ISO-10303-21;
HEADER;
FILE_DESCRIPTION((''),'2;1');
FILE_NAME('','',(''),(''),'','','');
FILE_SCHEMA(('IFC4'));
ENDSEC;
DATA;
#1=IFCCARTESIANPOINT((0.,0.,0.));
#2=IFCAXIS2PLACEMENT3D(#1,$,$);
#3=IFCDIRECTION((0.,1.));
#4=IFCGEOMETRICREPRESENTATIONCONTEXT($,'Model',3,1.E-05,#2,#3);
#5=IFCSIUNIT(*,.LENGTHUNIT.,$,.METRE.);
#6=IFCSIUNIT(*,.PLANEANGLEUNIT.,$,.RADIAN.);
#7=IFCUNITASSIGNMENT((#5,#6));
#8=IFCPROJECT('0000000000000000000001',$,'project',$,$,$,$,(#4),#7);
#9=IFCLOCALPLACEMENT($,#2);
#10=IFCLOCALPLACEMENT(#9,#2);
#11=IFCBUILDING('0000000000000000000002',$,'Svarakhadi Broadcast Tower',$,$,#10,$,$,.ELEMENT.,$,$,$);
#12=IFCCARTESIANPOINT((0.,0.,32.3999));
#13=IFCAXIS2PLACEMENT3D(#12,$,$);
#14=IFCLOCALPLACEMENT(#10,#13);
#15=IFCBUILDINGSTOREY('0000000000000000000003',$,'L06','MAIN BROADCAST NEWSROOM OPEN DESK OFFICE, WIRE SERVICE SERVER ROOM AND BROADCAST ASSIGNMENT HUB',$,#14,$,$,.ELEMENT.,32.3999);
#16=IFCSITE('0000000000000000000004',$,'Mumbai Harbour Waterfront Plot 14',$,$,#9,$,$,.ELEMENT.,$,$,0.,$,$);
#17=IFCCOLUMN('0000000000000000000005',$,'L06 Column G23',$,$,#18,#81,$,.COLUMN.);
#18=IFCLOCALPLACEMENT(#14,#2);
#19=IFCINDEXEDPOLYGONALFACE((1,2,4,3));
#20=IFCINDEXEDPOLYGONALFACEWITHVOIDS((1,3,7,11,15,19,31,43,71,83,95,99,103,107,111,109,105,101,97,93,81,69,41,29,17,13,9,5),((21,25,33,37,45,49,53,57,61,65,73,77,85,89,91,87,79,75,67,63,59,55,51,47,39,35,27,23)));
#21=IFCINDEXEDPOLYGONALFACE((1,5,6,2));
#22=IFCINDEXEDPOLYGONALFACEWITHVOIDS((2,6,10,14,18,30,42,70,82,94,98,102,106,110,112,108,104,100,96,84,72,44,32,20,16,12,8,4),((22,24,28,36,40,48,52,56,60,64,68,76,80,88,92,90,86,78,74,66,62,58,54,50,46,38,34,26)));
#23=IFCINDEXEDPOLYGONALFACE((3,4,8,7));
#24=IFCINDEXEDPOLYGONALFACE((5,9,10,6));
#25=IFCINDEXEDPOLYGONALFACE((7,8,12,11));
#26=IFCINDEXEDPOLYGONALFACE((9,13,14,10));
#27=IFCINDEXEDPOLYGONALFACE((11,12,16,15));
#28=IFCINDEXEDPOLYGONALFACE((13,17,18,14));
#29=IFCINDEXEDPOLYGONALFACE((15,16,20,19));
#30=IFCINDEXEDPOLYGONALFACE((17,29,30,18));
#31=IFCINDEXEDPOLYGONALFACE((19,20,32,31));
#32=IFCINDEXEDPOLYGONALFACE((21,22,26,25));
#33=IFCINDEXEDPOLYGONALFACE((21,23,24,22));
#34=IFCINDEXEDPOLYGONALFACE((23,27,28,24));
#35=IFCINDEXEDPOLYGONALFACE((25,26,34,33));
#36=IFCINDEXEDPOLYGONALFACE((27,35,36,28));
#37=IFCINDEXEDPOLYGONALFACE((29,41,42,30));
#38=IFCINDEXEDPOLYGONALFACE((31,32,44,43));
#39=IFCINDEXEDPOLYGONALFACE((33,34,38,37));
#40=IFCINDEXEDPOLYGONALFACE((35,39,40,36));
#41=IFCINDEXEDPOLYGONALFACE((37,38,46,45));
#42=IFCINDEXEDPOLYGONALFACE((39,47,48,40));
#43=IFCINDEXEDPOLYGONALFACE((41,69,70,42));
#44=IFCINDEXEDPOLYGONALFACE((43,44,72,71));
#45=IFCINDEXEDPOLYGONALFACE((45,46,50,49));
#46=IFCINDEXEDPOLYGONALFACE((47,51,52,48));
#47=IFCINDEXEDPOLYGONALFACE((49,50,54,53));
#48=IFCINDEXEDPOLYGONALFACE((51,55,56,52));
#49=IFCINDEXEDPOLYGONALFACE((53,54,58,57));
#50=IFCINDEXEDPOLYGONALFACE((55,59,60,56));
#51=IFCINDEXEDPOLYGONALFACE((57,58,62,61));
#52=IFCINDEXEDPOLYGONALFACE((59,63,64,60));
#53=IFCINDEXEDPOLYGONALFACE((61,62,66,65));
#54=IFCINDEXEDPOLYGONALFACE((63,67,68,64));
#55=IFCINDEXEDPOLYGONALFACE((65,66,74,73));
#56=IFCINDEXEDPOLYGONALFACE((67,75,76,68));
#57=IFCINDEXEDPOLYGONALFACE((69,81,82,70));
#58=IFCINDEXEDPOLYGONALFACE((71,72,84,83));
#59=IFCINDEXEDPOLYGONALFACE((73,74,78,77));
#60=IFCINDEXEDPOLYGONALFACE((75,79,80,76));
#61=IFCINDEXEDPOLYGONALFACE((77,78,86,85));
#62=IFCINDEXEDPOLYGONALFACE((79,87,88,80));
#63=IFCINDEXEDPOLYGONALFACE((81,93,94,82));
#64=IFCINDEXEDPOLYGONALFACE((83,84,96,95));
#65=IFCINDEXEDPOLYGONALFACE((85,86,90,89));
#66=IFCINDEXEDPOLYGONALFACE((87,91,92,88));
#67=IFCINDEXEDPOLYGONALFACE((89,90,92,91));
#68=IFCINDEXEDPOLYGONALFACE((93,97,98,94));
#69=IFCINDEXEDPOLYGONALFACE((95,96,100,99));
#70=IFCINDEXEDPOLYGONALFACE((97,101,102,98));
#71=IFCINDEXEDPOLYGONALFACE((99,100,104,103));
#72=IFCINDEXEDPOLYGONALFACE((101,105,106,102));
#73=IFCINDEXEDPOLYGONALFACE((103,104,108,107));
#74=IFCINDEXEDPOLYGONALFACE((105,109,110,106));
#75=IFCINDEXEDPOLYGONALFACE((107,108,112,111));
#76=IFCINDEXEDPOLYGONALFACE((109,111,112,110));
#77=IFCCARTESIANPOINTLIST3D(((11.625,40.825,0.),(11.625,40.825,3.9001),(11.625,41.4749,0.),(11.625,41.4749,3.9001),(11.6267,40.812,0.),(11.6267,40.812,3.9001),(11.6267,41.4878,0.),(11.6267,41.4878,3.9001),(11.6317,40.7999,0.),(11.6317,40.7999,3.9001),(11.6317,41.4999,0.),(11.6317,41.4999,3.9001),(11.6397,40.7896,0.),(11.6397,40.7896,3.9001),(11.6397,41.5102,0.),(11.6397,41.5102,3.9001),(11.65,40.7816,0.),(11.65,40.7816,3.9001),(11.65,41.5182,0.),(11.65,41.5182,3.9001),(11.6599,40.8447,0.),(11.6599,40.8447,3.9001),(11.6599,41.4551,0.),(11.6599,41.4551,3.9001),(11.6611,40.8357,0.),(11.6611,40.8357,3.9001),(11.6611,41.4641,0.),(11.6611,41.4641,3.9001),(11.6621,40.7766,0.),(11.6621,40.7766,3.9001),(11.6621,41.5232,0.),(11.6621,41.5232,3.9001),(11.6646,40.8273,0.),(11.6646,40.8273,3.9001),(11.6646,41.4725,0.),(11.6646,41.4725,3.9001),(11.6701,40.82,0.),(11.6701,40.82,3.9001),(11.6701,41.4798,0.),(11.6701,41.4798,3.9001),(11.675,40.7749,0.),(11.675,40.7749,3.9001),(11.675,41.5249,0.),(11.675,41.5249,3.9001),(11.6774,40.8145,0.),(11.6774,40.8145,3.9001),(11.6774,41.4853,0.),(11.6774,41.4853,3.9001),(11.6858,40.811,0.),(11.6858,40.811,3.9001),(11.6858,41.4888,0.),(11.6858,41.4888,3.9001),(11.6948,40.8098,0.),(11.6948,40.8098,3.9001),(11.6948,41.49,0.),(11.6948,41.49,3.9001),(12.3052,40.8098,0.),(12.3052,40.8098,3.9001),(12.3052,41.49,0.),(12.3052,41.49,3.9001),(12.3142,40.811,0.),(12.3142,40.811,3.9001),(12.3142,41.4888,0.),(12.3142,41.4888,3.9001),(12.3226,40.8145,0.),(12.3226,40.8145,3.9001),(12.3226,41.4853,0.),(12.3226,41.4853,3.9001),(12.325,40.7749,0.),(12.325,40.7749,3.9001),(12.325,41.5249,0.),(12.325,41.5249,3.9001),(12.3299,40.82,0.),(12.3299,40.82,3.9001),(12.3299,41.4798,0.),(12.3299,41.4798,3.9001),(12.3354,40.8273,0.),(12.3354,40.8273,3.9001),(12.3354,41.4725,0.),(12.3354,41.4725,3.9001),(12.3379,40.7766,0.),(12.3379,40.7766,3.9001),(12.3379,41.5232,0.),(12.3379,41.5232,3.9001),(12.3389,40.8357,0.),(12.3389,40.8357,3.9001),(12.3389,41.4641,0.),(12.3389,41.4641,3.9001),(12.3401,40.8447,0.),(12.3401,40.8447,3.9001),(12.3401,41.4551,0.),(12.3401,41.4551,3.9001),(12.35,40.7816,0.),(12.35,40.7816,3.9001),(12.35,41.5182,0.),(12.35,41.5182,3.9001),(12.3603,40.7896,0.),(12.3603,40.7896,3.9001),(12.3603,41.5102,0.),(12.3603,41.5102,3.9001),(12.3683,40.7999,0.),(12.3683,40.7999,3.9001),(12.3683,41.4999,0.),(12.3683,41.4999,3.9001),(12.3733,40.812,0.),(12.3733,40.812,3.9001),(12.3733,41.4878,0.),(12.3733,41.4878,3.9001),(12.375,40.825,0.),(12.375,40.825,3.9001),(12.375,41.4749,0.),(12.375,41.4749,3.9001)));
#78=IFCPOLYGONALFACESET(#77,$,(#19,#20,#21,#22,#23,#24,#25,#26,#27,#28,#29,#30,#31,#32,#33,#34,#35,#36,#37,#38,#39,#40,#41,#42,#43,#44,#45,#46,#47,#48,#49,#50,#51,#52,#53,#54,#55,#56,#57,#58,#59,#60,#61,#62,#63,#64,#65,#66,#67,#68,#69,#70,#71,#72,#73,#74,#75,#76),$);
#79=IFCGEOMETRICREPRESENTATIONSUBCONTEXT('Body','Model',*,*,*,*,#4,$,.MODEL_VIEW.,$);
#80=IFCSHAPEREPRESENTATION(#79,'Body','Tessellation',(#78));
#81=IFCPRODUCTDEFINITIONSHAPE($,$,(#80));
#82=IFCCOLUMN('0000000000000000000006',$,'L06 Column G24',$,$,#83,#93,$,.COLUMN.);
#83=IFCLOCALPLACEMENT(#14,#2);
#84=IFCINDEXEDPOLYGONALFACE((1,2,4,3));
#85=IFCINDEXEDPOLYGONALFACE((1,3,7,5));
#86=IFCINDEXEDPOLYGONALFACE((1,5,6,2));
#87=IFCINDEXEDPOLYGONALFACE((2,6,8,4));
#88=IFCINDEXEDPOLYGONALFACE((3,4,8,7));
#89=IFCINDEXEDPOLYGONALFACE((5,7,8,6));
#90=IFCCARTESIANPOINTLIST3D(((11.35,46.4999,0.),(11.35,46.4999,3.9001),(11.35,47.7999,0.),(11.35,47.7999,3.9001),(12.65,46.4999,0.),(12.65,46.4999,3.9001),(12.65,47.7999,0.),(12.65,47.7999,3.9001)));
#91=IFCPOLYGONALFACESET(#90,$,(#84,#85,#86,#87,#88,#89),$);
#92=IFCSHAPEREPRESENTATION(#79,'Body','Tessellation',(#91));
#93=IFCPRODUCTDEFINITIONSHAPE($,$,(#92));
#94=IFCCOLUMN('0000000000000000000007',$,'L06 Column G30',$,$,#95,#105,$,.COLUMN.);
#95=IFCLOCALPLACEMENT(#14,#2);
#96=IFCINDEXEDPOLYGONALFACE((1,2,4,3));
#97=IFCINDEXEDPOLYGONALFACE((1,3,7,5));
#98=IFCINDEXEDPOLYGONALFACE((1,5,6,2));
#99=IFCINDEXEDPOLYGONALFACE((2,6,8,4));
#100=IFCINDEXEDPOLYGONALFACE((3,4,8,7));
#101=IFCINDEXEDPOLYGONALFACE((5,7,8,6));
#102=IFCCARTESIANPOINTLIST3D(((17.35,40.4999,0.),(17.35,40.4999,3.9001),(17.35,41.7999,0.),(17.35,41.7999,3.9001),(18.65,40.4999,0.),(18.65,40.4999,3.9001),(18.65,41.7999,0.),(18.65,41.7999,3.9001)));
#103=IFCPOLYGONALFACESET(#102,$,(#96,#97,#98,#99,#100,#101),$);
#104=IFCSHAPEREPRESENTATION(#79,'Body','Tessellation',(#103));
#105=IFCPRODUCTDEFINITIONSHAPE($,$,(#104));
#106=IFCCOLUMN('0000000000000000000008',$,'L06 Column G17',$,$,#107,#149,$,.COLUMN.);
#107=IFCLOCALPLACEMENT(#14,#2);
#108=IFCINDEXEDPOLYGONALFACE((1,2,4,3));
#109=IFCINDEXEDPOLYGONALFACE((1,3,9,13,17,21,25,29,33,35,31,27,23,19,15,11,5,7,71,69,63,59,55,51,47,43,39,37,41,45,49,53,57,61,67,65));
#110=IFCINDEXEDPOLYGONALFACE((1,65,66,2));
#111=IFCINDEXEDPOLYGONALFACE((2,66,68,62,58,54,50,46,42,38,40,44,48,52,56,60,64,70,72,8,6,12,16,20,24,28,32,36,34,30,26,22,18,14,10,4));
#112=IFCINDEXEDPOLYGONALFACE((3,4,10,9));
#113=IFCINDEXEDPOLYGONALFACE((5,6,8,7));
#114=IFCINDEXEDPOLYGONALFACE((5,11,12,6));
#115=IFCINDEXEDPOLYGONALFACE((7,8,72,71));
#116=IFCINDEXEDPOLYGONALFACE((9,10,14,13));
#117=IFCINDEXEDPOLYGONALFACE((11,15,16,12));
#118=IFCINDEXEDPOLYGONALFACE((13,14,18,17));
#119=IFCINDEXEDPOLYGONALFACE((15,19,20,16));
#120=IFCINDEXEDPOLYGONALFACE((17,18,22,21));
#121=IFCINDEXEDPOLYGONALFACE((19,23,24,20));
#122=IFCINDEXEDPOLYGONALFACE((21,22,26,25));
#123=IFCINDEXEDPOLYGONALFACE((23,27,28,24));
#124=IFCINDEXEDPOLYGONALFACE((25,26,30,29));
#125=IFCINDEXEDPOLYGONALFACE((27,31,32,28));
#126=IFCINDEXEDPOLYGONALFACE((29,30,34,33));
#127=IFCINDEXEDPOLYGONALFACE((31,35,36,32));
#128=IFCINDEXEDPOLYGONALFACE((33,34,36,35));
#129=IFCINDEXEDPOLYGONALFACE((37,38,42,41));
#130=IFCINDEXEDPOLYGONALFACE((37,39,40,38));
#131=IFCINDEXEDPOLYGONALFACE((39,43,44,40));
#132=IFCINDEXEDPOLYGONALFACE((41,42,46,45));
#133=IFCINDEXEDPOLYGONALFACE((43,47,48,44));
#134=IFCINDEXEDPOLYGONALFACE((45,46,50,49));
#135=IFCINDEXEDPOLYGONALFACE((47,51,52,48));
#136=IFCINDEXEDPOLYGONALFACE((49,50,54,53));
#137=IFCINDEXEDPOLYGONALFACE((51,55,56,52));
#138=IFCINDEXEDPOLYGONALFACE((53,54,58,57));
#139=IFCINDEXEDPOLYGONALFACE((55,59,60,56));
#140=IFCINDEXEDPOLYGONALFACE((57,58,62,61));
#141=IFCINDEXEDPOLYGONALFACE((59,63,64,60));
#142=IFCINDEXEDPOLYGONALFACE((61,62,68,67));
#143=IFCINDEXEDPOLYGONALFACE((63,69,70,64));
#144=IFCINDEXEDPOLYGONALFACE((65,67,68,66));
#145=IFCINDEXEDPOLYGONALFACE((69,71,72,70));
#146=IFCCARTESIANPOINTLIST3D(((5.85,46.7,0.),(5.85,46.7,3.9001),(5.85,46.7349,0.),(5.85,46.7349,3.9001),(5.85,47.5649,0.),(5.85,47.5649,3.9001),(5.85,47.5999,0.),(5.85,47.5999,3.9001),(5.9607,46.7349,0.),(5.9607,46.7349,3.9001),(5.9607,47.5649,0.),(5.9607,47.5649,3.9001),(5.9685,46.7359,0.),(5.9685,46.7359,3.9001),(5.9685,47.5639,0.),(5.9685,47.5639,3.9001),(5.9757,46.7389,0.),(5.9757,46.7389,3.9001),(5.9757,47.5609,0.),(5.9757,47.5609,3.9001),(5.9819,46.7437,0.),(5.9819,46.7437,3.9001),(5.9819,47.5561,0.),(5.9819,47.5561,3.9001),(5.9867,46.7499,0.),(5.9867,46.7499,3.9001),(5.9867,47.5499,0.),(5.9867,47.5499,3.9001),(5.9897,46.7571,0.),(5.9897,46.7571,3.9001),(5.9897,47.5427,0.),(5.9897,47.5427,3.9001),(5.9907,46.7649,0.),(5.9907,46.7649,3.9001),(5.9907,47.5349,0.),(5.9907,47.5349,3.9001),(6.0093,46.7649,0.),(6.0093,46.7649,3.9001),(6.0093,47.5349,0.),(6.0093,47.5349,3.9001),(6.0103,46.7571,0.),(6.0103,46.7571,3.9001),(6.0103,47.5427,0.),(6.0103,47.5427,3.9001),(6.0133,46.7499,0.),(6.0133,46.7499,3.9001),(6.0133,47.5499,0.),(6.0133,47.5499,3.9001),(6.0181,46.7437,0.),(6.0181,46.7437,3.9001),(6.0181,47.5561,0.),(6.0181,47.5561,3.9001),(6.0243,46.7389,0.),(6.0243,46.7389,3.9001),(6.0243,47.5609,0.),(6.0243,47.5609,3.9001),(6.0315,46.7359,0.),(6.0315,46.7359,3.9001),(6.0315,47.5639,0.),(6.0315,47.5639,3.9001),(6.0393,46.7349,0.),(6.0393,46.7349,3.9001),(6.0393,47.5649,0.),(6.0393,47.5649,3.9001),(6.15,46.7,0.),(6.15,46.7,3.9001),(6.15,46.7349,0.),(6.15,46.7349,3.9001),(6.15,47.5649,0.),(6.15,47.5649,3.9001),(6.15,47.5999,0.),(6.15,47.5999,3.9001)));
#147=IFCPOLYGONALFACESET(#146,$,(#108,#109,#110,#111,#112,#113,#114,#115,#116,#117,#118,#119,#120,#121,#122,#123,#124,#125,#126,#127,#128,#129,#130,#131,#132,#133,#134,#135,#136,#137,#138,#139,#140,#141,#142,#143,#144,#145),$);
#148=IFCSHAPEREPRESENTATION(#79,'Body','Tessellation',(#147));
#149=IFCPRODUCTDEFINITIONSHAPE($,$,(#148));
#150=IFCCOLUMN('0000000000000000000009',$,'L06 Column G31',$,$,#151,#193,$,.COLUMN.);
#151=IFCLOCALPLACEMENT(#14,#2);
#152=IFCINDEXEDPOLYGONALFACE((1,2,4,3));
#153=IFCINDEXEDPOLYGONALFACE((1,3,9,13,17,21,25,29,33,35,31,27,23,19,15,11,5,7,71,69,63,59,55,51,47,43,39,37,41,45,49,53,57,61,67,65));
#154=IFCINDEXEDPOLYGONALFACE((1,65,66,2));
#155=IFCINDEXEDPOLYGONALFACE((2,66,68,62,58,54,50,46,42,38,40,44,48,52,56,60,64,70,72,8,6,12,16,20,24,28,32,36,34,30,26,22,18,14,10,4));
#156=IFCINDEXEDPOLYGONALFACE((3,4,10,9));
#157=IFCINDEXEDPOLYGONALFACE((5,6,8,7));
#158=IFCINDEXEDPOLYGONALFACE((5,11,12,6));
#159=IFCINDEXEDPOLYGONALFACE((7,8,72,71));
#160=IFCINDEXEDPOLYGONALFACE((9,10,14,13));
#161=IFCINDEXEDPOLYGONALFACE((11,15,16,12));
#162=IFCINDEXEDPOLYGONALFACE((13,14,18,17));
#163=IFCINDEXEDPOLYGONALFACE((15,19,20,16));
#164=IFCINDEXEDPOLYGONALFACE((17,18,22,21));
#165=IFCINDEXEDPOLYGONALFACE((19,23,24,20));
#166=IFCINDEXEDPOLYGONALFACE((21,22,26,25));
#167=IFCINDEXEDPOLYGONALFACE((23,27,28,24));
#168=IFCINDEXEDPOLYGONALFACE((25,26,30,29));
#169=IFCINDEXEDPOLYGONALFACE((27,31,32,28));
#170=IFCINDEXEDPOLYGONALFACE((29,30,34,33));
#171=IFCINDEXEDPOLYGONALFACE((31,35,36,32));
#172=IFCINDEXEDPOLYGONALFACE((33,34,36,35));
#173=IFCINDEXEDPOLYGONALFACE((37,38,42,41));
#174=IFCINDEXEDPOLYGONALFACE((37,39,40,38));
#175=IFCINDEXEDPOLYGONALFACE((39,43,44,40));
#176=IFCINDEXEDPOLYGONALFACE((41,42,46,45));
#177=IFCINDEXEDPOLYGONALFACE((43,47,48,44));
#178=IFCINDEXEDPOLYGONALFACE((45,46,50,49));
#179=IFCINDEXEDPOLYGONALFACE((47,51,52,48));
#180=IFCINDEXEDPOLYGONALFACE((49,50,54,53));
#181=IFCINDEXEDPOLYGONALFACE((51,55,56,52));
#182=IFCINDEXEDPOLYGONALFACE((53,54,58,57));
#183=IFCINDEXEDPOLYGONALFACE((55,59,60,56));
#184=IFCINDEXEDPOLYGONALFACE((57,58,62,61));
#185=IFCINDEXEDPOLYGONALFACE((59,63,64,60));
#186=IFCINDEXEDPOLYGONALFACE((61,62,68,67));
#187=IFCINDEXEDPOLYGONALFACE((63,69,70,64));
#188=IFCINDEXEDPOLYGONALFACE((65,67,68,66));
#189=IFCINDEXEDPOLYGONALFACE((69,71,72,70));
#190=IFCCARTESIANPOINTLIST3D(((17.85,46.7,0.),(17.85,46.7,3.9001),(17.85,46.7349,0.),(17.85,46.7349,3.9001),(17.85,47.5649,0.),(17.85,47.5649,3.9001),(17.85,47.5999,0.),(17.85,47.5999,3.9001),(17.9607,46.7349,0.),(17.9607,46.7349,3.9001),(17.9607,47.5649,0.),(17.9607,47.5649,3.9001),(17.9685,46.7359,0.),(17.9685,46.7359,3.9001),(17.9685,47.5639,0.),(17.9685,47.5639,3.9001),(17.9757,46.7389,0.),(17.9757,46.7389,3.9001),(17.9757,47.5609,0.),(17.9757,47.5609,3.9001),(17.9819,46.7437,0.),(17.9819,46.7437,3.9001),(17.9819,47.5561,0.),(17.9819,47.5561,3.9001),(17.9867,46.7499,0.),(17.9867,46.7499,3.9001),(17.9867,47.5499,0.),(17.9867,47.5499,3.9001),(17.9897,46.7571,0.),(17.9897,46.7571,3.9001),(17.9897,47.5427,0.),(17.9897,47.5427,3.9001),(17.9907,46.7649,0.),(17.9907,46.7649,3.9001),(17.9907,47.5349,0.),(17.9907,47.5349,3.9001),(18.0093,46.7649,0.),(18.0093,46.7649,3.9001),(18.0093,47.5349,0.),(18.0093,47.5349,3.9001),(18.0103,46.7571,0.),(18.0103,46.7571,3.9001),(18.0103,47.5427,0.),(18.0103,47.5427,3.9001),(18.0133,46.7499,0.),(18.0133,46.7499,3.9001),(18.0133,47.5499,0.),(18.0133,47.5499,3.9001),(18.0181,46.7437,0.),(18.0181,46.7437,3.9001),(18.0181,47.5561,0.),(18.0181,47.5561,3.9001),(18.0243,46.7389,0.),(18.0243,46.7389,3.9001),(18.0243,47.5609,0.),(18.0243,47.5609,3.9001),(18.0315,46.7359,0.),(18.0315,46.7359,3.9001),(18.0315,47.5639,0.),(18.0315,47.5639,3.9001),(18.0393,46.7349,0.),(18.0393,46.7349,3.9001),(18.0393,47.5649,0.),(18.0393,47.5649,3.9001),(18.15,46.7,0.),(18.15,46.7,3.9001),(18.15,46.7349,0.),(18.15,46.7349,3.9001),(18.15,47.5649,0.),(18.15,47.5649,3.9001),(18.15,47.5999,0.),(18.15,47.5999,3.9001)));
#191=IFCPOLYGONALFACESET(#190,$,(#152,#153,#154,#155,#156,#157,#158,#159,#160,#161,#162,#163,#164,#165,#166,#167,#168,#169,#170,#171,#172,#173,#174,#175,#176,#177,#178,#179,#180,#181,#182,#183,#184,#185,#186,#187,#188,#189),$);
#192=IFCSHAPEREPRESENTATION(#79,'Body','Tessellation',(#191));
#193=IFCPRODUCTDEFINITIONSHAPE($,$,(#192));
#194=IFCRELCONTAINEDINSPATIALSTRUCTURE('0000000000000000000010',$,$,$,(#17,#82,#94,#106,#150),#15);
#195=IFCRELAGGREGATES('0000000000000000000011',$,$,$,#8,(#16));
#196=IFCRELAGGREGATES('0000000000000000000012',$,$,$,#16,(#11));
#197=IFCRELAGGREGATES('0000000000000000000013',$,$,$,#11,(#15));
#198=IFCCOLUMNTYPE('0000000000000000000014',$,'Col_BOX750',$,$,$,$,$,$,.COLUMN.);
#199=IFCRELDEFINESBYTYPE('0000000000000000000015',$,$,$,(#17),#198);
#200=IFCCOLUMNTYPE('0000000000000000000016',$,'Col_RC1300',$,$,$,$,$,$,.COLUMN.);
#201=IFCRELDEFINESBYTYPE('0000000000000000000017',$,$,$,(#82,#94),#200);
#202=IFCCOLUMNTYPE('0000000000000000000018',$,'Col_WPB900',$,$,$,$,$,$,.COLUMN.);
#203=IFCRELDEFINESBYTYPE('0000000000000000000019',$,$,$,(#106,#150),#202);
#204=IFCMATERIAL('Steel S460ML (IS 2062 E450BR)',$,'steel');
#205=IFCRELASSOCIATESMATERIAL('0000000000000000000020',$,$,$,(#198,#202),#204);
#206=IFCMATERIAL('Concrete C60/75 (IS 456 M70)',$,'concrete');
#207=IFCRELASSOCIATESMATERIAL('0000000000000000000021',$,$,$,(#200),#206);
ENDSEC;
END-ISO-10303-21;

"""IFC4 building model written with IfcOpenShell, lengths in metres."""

from ifc_helpers import new_model, si_unit, direction, frame, origin, origin_2d, place, context, subcontext, project, spatial, rectangle, hollow_rectangle, i_section, extrude, material, material_profile, profile_set, type_object, element, save


model = new_model("IFC4")

# Units and contexts
model_context = context("Model", 3, precision=1e-05, world=origin(), true_north=direction((0.0, 1.0)))
body_context = subcontext(model_context, "Body", "Model", "MODEL_VIEW")
ifc_project = project(units=[si_unit("LENGTHUNIT", "METRE"), si_unit("PLANEANGLEUNIT", "RADIAN")], contexts=[model_context])

# Site, building, storey
site_placement = place(None, origin())
site = spatial("IfcSite", under=ifc_project, at=site_placement, Name="Mumbai Harbour Waterfront Plot 14", CompositionType="ELEMENT", RefElevation=0.0)
building_placement = place(site_placement, origin())
building = spatial("IfcBuilding", under=site, at=building_placement, Name="Svarakhadi Broadcast Tower", CompositionType="ELEMENT")
storey_placement = place(building_placement, frame((0.0, 0.0, 32.3999)))
storey = spatial("IfcBuildingStorey", under=building, at=storey_placement, Name="L06", Description="MAIN BROADCAST NEWSROOM OPEN DESK OFFICE, WIRE SERVICE SERVER ROOM AND BROADCAST ASSIGNMENT HUB", CompositionType="ELEMENT", Elevation=32.3999)

# Columns
ifc_material_1 = material(Name="Steel S460ML (IS 2062 E450BR)", Category="steel")
ifc_material_profile_1 = material_profile(ifc_material_1, hollow_rectangle(XDim=0.75, YDim=0.75, WallThickness=0.0349, InnerFilletRadius=0.0349, OuterFilletRadius=0.05, at=origin_2d()), Name="BOX 750x750x35")
ifc_profile_set_1 = profile_set([ifc_material_profile_1], Name="Steel S460ML (IS 2062 E450BR)")
column_type_1 = type_object("IfcColumnType", Name="Col_BOX750", PredefinedType="COLUMN", material=ifc_profile_set_1)
column_placement = place(storey_placement, frame((12.0, 41.1499, 0.0), z_axis=(0.0, 0.0, 1.0), x_axis=(1.0, 0.0, 0.0)))
element("IfcColumn", 1, at=column_placement, inside=storey, type_object=column_type_1, Name="L06 Column G23", PredefinedType="COLUMN", context=body_context, shape_type="SweptSolid", body=[
    extrude(hollow_rectangle(XDim=0.75, YDim=0.75, WallThickness=0.0349, InnerFilletRadius=0.0349, OuterFilletRadius=0.05, at=origin_2d()), origin(), (0.0, 0.0, 1.0), 3.9001),
])
ifc_material_2 = material(Name="Concrete C60/75 (IS 456 M70)", Category="concrete")
ifc_material_profile_2 = material_profile(ifc_material_2, rectangle(XDim=1.3, YDim=1.3, at=origin_2d()), Name="RC 1300x1300")
ifc_profile_set_2 = profile_set([ifc_material_profile_2], Name="Concrete C60/75 (IS 456 M70)")
column_type_2 = type_object("IfcColumnType", Name="Col_RC1300", PredefinedType="COLUMN", material=ifc_profile_set_2)
for number, where, z_axis, x_axis, name in (
    (2, (12.0, 47.1499, 0.0), (0.0, 0.0, 1.0), (1.0, 0.0, 0.0), "L06 Column G24"),
    (3, (18.0, 41.1499, 0.0), (0.0, 0.0, 1.0), (1.0, 0.0, 0.0), "L06 Column G30"),
):
    element("IfcColumn", number, at=place(storey_placement, frame(where, z_axis=z_axis, x_axis=x_axis)), inside=storey, type_object=column_type_2, Name=name, PredefinedType="COLUMN", context=body_context, shape_type="SweptSolid", body=[
        extrude(rectangle(XDim=1.3, YDim=1.3, at=origin_2d()), origin(), (0.0, 0.0, 1.0), 3.9001),
    ])
ifc_material_profile_3 = material_profile(ifc_material_1, i_section(OverallWidth=0.3, OverallDepth=0.8999, WebThickness=0.0186, FlangeThickness=0.0349, FilletRadius=0.03, at=origin_2d()), Name="WPB 900x300x291")
ifc_profile_set_3 = profile_set([ifc_material_profile_3], Name="Steel S460ML (IS 2062 E450BR)")
column_type_3 = type_object("IfcColumnType", Name="Col_WPB900", PredefinedType="COLUMN", material=ifc_profile_set_3)
for number, where, z_axis, x_axis, name in (
    (4, (6.0, 47.1499, 0.0), (0.0, 0.0, 1.0), (1.0, 0.0, 0.0), "L06 Column G17"),
    (5, (18.0, 47.1499, 0.0), (0.0, 0.0, 1.0), (1.0, 0.0, 0.0), "L06 Column G31"),
):
    element("IfcColumn", number, at=place(storey_placement, frame(where, z_axis=z_axis, x_axis=x_axis)), inside=storey, type_object=column_type_3, Name=name, PredefinedType="COLUMN", context=body_context, shape_type="SweptSolid", body=[
        extrude(i_section(OverallWidth=0.3, OverallDepth=0.8999, WebThickness=0.0186, FlangeThickness=0.0349, FilletRadius=0.03, at=origin_2d()), origin(), (0.0, 0.0, 1.0), 3.9001),
    ])

save(model, "model.ifc")
